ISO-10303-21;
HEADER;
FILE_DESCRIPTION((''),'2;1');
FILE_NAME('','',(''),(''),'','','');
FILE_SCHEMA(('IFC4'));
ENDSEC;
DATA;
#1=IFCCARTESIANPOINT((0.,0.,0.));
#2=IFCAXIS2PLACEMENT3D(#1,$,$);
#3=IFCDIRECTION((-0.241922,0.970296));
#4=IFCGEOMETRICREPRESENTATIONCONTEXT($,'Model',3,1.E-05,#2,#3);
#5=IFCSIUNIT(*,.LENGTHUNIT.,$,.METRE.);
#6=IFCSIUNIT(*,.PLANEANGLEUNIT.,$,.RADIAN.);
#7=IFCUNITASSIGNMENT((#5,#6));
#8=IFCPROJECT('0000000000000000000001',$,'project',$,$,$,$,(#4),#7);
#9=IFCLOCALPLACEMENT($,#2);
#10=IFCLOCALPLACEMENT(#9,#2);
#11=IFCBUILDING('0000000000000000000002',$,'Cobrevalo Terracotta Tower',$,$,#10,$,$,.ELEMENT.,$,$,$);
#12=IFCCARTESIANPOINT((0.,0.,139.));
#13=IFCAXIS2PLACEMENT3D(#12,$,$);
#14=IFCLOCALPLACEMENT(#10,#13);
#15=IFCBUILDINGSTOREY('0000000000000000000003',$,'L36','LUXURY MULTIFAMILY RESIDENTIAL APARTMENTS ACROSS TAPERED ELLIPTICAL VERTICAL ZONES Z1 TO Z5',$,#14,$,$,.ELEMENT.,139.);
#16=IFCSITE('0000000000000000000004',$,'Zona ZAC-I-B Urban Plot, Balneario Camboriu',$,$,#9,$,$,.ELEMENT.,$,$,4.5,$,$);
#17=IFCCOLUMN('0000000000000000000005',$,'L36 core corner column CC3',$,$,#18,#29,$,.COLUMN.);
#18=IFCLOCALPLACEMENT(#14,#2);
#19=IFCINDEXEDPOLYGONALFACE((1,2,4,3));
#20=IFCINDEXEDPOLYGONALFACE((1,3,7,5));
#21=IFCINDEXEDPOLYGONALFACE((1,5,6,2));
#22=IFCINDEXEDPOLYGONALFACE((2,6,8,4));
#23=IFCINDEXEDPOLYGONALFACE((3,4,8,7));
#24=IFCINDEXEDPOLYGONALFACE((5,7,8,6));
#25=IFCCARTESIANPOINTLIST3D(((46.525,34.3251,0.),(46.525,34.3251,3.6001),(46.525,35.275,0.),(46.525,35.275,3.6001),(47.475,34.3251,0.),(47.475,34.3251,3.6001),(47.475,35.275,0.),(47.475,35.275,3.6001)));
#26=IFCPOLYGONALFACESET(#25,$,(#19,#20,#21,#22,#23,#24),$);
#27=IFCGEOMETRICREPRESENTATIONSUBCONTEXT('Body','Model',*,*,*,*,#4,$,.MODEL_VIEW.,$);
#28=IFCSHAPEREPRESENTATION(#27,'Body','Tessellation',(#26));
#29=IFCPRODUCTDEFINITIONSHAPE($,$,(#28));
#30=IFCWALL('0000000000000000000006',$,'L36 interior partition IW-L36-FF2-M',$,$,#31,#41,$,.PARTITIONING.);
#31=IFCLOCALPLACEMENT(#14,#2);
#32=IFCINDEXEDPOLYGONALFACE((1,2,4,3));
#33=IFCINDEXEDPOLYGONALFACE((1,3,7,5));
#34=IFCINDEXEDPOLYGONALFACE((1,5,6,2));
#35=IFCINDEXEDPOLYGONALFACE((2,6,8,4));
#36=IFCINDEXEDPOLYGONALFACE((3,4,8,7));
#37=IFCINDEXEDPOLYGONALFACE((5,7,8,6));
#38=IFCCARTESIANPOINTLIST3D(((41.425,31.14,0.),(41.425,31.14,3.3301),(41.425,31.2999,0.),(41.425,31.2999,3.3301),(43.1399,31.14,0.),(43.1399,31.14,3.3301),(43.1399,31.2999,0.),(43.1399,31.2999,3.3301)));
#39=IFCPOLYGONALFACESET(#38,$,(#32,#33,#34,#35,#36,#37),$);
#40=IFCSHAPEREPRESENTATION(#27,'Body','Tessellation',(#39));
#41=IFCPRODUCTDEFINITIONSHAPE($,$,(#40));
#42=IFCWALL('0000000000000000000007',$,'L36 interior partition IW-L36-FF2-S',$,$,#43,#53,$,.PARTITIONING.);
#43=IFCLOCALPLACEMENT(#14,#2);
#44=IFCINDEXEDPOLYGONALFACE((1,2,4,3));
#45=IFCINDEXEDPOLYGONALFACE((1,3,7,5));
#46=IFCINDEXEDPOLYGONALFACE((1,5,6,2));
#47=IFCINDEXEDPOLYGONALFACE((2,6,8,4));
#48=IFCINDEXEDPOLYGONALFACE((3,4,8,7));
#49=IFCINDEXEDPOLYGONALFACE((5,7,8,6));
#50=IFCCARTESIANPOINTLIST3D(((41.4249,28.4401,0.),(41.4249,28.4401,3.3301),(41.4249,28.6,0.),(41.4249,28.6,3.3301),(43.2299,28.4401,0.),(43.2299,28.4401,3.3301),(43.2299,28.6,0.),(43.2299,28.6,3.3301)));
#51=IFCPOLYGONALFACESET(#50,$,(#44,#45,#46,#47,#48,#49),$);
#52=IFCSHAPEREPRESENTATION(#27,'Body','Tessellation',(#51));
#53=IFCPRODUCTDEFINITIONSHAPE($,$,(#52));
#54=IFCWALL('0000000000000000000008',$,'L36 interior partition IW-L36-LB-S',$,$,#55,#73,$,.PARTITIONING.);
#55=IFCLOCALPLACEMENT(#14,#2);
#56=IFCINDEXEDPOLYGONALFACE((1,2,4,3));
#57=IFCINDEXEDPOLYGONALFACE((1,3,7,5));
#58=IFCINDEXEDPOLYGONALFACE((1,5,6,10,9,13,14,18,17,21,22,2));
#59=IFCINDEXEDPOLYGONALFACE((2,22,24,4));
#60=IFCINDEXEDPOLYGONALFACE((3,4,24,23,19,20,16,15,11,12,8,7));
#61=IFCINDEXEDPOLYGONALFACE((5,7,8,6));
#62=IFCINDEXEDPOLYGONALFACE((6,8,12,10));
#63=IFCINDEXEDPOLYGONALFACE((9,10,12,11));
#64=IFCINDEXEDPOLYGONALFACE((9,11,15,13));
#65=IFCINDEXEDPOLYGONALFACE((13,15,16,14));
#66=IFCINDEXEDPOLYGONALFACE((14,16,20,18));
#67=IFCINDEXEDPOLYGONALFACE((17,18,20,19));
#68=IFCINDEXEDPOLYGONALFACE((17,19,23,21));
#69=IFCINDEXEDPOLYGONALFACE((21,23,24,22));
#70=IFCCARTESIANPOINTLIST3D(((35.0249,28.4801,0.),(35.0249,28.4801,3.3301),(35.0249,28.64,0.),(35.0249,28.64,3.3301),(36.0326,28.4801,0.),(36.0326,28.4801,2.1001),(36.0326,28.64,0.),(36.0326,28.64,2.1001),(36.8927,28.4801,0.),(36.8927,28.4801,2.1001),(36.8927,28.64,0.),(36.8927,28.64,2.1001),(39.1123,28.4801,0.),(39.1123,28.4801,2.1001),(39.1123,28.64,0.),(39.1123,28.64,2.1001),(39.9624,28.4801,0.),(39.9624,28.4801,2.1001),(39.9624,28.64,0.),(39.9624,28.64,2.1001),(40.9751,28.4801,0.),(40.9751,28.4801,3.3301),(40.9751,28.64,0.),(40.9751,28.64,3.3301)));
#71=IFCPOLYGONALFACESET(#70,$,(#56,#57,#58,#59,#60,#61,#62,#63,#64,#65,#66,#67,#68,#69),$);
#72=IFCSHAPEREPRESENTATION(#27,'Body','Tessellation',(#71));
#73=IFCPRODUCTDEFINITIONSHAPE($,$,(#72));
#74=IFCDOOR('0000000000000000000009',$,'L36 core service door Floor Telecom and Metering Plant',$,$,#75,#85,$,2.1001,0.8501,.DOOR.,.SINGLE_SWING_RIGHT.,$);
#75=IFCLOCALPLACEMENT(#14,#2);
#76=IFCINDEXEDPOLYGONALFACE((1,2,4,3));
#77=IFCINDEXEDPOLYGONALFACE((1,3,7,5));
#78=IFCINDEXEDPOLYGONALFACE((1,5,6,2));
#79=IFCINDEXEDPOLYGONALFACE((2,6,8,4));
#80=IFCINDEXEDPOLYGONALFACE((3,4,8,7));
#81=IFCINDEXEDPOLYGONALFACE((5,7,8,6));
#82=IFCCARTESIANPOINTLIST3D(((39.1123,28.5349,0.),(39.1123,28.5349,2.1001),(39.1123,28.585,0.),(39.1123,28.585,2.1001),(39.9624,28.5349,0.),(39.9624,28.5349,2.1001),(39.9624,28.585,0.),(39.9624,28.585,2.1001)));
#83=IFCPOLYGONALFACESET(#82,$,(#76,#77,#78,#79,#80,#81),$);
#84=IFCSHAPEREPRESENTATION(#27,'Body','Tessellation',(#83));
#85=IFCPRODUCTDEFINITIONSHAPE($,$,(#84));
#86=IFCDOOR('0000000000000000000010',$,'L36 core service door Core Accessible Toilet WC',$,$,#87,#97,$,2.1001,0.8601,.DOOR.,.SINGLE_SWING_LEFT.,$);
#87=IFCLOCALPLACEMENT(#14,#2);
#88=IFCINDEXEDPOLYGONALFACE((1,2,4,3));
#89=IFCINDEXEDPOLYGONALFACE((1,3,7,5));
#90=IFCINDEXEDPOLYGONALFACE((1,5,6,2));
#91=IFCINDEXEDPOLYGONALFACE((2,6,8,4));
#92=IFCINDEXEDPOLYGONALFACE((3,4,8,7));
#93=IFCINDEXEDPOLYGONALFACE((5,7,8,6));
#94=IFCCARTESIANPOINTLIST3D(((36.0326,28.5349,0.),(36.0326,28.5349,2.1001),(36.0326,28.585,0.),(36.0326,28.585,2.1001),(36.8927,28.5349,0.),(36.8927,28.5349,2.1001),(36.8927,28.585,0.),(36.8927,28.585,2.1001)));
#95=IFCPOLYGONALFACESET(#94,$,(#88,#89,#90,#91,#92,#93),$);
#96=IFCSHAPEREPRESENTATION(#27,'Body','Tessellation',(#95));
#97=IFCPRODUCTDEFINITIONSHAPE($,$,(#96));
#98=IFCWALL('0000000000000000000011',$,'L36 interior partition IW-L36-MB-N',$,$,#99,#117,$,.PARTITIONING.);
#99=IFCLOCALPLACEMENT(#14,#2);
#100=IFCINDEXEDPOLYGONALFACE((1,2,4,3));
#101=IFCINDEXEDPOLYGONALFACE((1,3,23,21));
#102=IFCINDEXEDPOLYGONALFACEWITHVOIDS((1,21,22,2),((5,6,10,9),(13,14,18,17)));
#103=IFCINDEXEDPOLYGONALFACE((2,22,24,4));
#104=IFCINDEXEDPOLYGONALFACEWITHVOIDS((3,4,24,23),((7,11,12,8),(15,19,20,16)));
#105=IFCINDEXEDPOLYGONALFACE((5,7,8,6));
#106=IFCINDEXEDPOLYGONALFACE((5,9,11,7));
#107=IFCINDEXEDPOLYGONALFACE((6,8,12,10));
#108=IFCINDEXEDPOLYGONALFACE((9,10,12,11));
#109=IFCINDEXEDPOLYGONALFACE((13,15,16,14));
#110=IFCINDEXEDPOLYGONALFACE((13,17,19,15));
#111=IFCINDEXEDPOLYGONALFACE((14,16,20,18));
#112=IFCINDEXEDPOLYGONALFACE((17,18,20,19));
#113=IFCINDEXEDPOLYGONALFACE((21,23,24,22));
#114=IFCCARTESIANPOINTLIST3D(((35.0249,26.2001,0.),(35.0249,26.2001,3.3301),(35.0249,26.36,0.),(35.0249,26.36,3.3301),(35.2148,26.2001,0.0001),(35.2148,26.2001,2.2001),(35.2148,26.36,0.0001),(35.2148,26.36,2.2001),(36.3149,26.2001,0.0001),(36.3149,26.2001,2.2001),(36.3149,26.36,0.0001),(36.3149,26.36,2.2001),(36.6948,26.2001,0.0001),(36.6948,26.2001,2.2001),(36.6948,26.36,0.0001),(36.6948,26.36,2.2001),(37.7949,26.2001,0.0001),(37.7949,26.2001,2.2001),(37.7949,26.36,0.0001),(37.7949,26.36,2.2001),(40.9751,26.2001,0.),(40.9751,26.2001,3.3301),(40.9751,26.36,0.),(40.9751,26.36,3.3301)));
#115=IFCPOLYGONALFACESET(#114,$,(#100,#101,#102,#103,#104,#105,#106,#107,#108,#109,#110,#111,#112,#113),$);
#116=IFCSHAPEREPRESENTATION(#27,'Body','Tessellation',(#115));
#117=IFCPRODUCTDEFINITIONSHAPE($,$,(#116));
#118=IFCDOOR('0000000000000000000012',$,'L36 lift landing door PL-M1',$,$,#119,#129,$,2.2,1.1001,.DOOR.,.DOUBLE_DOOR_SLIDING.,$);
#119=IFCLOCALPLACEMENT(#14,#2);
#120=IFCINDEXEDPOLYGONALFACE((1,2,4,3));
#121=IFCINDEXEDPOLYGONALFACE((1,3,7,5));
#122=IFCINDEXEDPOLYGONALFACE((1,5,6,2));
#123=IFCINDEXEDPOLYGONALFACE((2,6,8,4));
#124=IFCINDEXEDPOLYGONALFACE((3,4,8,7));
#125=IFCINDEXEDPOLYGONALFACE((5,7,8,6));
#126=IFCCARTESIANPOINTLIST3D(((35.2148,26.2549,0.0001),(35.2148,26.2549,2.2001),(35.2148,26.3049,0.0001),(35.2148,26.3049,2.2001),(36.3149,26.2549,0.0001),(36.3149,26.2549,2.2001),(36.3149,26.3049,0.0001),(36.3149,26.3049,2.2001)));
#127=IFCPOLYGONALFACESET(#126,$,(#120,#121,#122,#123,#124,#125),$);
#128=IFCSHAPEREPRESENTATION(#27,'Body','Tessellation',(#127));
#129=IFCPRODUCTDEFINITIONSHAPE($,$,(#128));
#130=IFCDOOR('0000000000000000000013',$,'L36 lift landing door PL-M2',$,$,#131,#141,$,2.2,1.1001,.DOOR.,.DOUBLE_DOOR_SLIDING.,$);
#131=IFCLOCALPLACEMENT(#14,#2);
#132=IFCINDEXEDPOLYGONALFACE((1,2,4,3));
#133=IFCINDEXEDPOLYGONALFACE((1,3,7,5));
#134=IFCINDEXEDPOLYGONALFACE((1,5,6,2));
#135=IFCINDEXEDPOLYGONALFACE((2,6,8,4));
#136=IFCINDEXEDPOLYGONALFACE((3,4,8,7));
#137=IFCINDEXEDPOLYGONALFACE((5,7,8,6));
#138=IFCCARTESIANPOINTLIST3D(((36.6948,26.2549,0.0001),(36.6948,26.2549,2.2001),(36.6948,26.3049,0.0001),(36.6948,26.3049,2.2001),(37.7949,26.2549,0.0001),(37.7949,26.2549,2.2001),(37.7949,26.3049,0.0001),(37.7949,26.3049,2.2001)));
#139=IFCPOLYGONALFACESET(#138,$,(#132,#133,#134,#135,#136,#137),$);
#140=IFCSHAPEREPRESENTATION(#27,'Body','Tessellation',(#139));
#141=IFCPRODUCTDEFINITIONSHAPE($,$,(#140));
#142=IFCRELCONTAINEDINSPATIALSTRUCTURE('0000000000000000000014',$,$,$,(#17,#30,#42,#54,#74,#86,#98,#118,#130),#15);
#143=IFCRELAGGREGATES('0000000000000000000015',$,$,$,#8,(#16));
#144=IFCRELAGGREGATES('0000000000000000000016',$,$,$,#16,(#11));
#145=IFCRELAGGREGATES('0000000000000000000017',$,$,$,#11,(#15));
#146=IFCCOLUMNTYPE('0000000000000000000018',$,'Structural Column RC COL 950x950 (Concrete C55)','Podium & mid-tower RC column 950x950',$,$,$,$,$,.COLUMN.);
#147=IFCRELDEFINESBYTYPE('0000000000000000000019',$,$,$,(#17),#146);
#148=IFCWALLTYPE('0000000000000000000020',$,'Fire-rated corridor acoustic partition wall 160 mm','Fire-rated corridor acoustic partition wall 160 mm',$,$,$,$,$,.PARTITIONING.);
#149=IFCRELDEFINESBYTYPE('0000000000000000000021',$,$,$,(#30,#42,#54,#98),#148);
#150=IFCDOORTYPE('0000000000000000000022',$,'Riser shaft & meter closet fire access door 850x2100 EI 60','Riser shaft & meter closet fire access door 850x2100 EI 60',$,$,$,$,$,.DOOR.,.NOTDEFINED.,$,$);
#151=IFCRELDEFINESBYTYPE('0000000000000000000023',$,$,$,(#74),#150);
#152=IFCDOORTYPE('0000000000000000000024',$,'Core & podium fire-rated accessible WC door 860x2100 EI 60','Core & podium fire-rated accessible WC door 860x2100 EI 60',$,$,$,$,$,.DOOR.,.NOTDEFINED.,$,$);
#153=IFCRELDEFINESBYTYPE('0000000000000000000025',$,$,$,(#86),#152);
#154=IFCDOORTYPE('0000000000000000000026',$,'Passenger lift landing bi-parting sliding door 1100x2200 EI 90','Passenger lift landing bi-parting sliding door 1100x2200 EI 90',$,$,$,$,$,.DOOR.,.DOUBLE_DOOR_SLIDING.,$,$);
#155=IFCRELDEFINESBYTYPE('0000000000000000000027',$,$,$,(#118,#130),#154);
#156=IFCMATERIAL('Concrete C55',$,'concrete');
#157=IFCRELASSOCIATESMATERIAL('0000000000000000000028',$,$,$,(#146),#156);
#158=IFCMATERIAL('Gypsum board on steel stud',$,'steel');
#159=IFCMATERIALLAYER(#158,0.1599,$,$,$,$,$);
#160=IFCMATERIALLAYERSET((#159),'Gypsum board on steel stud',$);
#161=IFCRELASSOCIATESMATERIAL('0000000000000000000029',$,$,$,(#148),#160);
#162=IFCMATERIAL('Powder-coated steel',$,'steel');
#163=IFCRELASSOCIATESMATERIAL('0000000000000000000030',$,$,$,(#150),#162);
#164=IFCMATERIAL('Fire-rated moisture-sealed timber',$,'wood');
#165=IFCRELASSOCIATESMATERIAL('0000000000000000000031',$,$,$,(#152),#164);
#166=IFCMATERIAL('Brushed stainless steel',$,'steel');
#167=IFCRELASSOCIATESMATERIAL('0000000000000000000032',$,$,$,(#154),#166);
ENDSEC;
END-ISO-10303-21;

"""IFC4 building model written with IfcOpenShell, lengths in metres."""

from ifc_helpers import new_model, si_unit, direction, frame, frame_2d, origin, origin_2d, place, context, subcontext, project, spatial, rectangle, extrude, source, transform, mapped, material, layer, layer_set, material_profile, profile_set, type_object, element, fill, save


model = new_model("IFC4")

# Units and contexts
model_context = context("Model", 3, precision=1e-05, world=origin(), true_north=direction((-0.241922, 0.970296)))
body_context = subcontext(model_context, "Body", "Model", "MODEL_VIEW")
ifc_project = project(units=[si_unit("LENGTHUNIT", "METRE"), si_unit("PLANEANGLEUNIT", "RADIAN")], contexts=[model_context])

# Site, building, storey
site_placement = place(None, origin())
site = spatial("IfcSite", under=ifc_project, at=site_placement, Name="Zona ZAC-I-B Urban Plot, Balneario Camboriu", CompositionType="ELEMENT", RefElevation=4.5)
building_placement = place(site_placement, origin())
building = spatial("IfcBuilding", under=site, at=building_placement, Name="Cobrevalo Terracotta Tower", CompositionType="ELEMENT")
storey_placement = place(building_placement, frame((0.0, 0.0, 139.0)))
storey = spatial("IfcBuildingStorey", under=building, at=storey_placement, Name="L36", Description="LUXURY MULTIFAMILY RESIDENTIAL APARTMENTS ACROSS TAPERED ELLIPTICAL VERTICAL ZONES Z1 TO Z5", CompositionType="ELEMENT", Elevation=139.0)

# Column
ifc_material_1 = material(Name="Concrete C55", Category="concrete")
ifc_material_profile = material_profile(ifc_material_1, rectangle(XDim=0.95, YDim=0.95, at=origin_2d()), Name="RC COL 950x950")
ifc_profile_set = profile_set([ifc_material_profile], Name="Concrete C55")
column_type = type_object("IfcColumnType", Name="Structural Column RC COL 950x950 (Concrete C55)", Description="Podium & mid-tower RC column 950x950", PredefinedType="COLUMN", material=ifc_profile_set)
column_placement = place(storey_placement, frame((47.0, 34.8, 0.0), z_axis=(0.0, 0.0, 1.0), x_axis=(1.0, 0.0, 0.0)))
element("IfcColumn", 1, at=column_placement, inside=storey, type_object=column_type, Name="L36 core corner column CC3", PredefinedType="COLUMN", context=body_context, shape_type="SweptSolid", body=[
    extrude(rectangle(XDim=0.95, YDim=0.95, at=origin_2d()), origin(), (0.0, 0.0, 1.0), 3.6001),
])

# Walls
ifc_material_2 = material(Name="Gypsum board on steel stud", Category="steel")
ifc_layer_1 = layer(ifc_material_2, 0.1599)
ifc_layer_set_1 = layer_set([ifc_layer_1], Name="Gypsum board on steel stud")
wall_type_1 = type_object("IfcWallType", Name="Fire-rated corridor acoustic partition wall 160 mm", Description="Fire-rated corridor acoustic partition wall 160 mm", PredefinedType="PARTITIONING", material=ifc_layer_set_1)
wall_1_placement = place(storey_placement, frame((41.425, 31.22, 0.0), z_axis=(0.0, 0.0, 1.0), x_axis=(1.0, 0.0, 0.0)))
element("IfcWall", 2, at=wall_1_placement, inside=storey, type_object=wall_type_1, Name="L36 interior partition IW-L36-FF2-M", PredefinedType="PARTITIONING", context=body_context, shape_type="SweptSolid", body=[
    extrude(rectangle(XDim=1.7148, YDim=0.1599, at=frame_2d((0.8574, 0.0))), origin(), (0.0, 0.0, 1.0), 3.3301),
])
wall_2_placement = place(storey_placement, frame((41.425, 28.52, 0.0), z_axis=(0.0, 0.0, 1.0), x_axis=(1.0, 0.0, 0.0)))
element("IfcWall", 3, at=wall_2_placement, inside=storey, type_object=wall_type_1, Name="L36 interior partition IW-L36-FF2-S", PredefinedType="PARTITIONING", context=body_context, shape_type="SweptSolid", body=[
    extrude(rectangle(XDim=1.8049, YDim=0.1599, at=frame_2d((0.9023, 0.0))), origin(), (0.0, 0.0, 1.0), 3.3301),
])

# Walls, openings, doors
wall_3_placement = place(storey_placement, frame((35.0249, 28.5601, 0.0), z_axis=(0.0, 0.0, 1.0), x_axis=(1.0, 0.0, 0.0)))
wall_3 = element("IfcWall", 4, at=wall_3_placement, inside=storey, type_object=wall_type_1, Name="L36 interior partition IW-L36-LB-S", PredefinedType="PARTITIONING", context=body_context, shape_type="SweptSolid", body=[
    extrude(rectangle(XDim=5.9502, YDim=0.1599, at=frame_2d((2.9751, 0.0))), origin(), (0.0, 0.0, 1.0), 3.3301),
])
opening_1_placement = place(wall_3_placement, frame((1.0076, 0.0, 0.0)))
opening_1 = element("IfcOpeningElement", 5, at=opening_1_placement, cuts=wall_3, PredefinedType="OPENING", context=body_context, shape_type="SweptSolid", body=[
    extrude(rectangle(XDim=0.8601, YDim=2.1001, at=frame_2d((0.4302, 1.05))), frame((0.0, 0.0898, 0.0), z_axis=(0.0, -1.0, 0.0), x_axis=(1.0, 0.0, 0.0)), (0.0, 0.0, 1.0), 0.1799),
])
opening_2_placement = place(wall_3_placement, frame((4.0874, 0.0, 0.0)))
opening_2 = element("IfcOpeningElement", 6, at=opening_2_placement, cuts=wall_3, PredefinedType="OPENING", context=body_context, shape_type="SweptSolid", body=[
    extrude(rectangle(XDim=0.8501, YDim=2.1001, at=frame_2d((0.425, 1.05))), frame((0.0, 0.0898, 0.0), z_axis=(0.0, -1.0, 0.0), x_axis=(1.0, 0.0, 0.0)), (0.0, 0.0, 1.0), 0.1799),
])
ifc_material_3 = material(Name="Powder-coated steel", Category="steel")
door_type_1 = type_object("IfcDoorType", Name="Riser shaft & meter closet fire access door 850x2100 EI 60", Description="Riser shaft & meter closet fire access door 850x2100 EI 60", OperationType="NOTDEFINED", PredefinedType="DOOR", material=ifc_material_3)
shared_shape_1 = source(origin(), body_context, "Body", "SweptSolid", [
    extrude(rectangle(XDim=0.8501, YDim=2.1001, at=frame_2d((0.425, 1.05))), frame((0.0, 0.0249, 0.0), z_axis=(0.0, -1.0, 0.0), x_axis=(1.0, 0.0, 0.0)), (0.0, 0.0, 1.0), 0.05),
])
door_1_placement = place(opening_2_placement, origin())
door_1 = element("IfcDoor", 7, at=door_1_placement, inside=storey, type_object=door_type_1, Name="L36 core service door Floor Telecom and Metering Plant", OperationType="SINGLE_SWING_RIGHT", OverallHeight=2.1001, OverallWidth=0.8501, PredefinedType="DOOR", context=body_context, shape_type="MappedRepresentation", body=[
    mapped(shared_shape_1, transform((0.0, 0.0, 0.0), scale=1.0)),
])
fill(opening_2, door_1)
ifc_material_4 = material(Name="Fire-rated moisture-sealed timber", Category="wood")
door_type_2 = type_object("IfcDoorType", Name="Core & podium fire-rated accessible WC door 860x2100 EI 60", Description="Core & podium fire-rated accessible WC door 860x2100 EI 60", OperationType="NOTDEFINED", PredefinedType="DOOR", material=ifc_material_4)
shared_shape_2 = source(origin(), body_context, "Body", "SweptSolid", [
    extrude(rectangle(XDim=0.8601, YDim=2.1001, at=frame_2d((0.4302, 1.05))), frame((0.0, 0.0249, 0.0), z_axis=(0.0, -1.0, 0.0), x_axis=(1.0, 0.0, 0.0)), (0.0, 0.0, 1.0), 0.05),
])
door_2_placement = place(opening_1_placement, origin())
door_2 = element("IfcDoor", 8, at=door_2_placement, inside=storey, type_object=door_type_2, Name="L36 core service door Core Accessible Toilet WC", OperationType="SINGLE_SWING_LEFT", OverallHeight=2.1001, OverallWidth=0.8601, PredefinedType="DOOR", context=body_context, shape_type="MappedRepresentation", body=[
    mapped(shared_shape_2, transform((0.0, 0.0, 0.0), scale=1.0)),
])
fill(opening_1, door_2)
wall_4_placement = place(storey_placement, frame((35.0249, 26.28, 0.0), z_axis=(0.0, 0.0, 1.0), x_axis=(1.0, 0.0, 0.0)))
wall_4 = element("IfcWall", 9, at=wall_4_placement, inside=storey, type_object=wall_type_1, Name="L36 interior partition IW-L36-MB-N", PredefinedType="PARTITIONING", context=body_context, shape_type="SweptSolid", body=[
    extrude(rectangle(XDim=5.9502, YDim=0.1599, at=frame_2d((2.9751, 0.0))), origin(), (0.0, 0.0, 1.0), 3.3301),
])
opening_3_placement = place(wall_4_placement, frame((0.1899, 0.0, 0.0)))
opening_3 = element("IfcOpeningElement", 10, at=opening_3_placement, cuts=wall_4, PredefinedType="OPENING", context=body_context, shape_type="SweptSolid", body=[
    extrude(rectangle(XDim=1.1001, YDim=2.2, at=frame_2d((0.55, 1.1001))), frame((0.0, 0.0898, 0.0), z_axis=(0.0, -1.0, 0.0), x_axis=(1.0, 0.0, 0.0)), (0.0, 0.0, 1.0), 0.1799),
])
opening_4_placement = place(wall_4_placement, frame((1.6699, 0.0, 0.0)))
opening_4 = element("IfcOpeningElement", 11, at=opening_4_placement, cuts=wall_4, PredefinedType="OPENING", context=body_context, shape_type="SweptSolid", body=[
    extrude(rectangle(XDim=1.1001, YDim=2.2, at=frame_2d((0.55, 1.1001))), frame((0.0, 0.0898, 0.0), z_axis=(0.0, -1.0, 0.0), x_axis=(1.0, 0.0, 0.0)), (0.0, 0.0, 1.0), 0.1799),
])
ifc_material_5 = material(Name="Brushed stainless steel", Category="steel")
door_type_3 = type_object("IfcDoorType", Name="Passenger lift landing bi-parting sliding door 1100x2200 EI 90", Description="Passenger lift landing bi-parting sliding door 1100x2200 EI 90", OperationType="DOUBLE_DOOR_SLIDING", PredefinedType="DOOR", material=ifc_material_5)
shared_shape_3 = source(origin(), body_context, "Body", "SweptSolid", [
    extrude(rectangle(XDim=1.1001, YDim=2.2, at=frame_2d((0.55, 1.1001))), frame((0.0, 0.0249, 0.0), z_axis=(0.0, -1.0, 0.0), x_axis=(1.0, 0.0, 0.0)), (0.0, 0.0, 1.0), 0.05),
])
door_3_placement = place(opening_3_placement, origin())
door_3 = element("IfcDoor", 12, at=door_3_placement, inside=storey, type_object=door_type_3, Name="L36 lift landing door PL-M1", OperationType="DOUBLE_DOOR_SLIDING", OverallHeight=2.2, OverallWidth=1.1001, PredefinedType="DOOR", context=body_context, shape_type="MappedRepresentation", body=[
    mapped(shared_shape_3, transform((0.0, 0.0, 0.0), scale=1.0)),
])
fill(opening_3, door_3)
door_4_placement = place(opening_4_placement, origin())
door_4 = element("IfcDoor", 13, at=door_4_placement, inside=storey, type_object=door_type_3, Name="L36 lift landing door PL-M2", OperationType="DOUBLE_DOOR_SLIDING", OverallHeight=2.2, OverallWidth=1.1001, PredefinedType="DOOR", context=body_context, shape_type="MappedRepresentation", body=[
    mapped(shared_shape_3, transform((0.0, 0.0, 0.0), scale=1.0)),
])
fill(opening_4, door_4)

save(model, "model.ifc")
